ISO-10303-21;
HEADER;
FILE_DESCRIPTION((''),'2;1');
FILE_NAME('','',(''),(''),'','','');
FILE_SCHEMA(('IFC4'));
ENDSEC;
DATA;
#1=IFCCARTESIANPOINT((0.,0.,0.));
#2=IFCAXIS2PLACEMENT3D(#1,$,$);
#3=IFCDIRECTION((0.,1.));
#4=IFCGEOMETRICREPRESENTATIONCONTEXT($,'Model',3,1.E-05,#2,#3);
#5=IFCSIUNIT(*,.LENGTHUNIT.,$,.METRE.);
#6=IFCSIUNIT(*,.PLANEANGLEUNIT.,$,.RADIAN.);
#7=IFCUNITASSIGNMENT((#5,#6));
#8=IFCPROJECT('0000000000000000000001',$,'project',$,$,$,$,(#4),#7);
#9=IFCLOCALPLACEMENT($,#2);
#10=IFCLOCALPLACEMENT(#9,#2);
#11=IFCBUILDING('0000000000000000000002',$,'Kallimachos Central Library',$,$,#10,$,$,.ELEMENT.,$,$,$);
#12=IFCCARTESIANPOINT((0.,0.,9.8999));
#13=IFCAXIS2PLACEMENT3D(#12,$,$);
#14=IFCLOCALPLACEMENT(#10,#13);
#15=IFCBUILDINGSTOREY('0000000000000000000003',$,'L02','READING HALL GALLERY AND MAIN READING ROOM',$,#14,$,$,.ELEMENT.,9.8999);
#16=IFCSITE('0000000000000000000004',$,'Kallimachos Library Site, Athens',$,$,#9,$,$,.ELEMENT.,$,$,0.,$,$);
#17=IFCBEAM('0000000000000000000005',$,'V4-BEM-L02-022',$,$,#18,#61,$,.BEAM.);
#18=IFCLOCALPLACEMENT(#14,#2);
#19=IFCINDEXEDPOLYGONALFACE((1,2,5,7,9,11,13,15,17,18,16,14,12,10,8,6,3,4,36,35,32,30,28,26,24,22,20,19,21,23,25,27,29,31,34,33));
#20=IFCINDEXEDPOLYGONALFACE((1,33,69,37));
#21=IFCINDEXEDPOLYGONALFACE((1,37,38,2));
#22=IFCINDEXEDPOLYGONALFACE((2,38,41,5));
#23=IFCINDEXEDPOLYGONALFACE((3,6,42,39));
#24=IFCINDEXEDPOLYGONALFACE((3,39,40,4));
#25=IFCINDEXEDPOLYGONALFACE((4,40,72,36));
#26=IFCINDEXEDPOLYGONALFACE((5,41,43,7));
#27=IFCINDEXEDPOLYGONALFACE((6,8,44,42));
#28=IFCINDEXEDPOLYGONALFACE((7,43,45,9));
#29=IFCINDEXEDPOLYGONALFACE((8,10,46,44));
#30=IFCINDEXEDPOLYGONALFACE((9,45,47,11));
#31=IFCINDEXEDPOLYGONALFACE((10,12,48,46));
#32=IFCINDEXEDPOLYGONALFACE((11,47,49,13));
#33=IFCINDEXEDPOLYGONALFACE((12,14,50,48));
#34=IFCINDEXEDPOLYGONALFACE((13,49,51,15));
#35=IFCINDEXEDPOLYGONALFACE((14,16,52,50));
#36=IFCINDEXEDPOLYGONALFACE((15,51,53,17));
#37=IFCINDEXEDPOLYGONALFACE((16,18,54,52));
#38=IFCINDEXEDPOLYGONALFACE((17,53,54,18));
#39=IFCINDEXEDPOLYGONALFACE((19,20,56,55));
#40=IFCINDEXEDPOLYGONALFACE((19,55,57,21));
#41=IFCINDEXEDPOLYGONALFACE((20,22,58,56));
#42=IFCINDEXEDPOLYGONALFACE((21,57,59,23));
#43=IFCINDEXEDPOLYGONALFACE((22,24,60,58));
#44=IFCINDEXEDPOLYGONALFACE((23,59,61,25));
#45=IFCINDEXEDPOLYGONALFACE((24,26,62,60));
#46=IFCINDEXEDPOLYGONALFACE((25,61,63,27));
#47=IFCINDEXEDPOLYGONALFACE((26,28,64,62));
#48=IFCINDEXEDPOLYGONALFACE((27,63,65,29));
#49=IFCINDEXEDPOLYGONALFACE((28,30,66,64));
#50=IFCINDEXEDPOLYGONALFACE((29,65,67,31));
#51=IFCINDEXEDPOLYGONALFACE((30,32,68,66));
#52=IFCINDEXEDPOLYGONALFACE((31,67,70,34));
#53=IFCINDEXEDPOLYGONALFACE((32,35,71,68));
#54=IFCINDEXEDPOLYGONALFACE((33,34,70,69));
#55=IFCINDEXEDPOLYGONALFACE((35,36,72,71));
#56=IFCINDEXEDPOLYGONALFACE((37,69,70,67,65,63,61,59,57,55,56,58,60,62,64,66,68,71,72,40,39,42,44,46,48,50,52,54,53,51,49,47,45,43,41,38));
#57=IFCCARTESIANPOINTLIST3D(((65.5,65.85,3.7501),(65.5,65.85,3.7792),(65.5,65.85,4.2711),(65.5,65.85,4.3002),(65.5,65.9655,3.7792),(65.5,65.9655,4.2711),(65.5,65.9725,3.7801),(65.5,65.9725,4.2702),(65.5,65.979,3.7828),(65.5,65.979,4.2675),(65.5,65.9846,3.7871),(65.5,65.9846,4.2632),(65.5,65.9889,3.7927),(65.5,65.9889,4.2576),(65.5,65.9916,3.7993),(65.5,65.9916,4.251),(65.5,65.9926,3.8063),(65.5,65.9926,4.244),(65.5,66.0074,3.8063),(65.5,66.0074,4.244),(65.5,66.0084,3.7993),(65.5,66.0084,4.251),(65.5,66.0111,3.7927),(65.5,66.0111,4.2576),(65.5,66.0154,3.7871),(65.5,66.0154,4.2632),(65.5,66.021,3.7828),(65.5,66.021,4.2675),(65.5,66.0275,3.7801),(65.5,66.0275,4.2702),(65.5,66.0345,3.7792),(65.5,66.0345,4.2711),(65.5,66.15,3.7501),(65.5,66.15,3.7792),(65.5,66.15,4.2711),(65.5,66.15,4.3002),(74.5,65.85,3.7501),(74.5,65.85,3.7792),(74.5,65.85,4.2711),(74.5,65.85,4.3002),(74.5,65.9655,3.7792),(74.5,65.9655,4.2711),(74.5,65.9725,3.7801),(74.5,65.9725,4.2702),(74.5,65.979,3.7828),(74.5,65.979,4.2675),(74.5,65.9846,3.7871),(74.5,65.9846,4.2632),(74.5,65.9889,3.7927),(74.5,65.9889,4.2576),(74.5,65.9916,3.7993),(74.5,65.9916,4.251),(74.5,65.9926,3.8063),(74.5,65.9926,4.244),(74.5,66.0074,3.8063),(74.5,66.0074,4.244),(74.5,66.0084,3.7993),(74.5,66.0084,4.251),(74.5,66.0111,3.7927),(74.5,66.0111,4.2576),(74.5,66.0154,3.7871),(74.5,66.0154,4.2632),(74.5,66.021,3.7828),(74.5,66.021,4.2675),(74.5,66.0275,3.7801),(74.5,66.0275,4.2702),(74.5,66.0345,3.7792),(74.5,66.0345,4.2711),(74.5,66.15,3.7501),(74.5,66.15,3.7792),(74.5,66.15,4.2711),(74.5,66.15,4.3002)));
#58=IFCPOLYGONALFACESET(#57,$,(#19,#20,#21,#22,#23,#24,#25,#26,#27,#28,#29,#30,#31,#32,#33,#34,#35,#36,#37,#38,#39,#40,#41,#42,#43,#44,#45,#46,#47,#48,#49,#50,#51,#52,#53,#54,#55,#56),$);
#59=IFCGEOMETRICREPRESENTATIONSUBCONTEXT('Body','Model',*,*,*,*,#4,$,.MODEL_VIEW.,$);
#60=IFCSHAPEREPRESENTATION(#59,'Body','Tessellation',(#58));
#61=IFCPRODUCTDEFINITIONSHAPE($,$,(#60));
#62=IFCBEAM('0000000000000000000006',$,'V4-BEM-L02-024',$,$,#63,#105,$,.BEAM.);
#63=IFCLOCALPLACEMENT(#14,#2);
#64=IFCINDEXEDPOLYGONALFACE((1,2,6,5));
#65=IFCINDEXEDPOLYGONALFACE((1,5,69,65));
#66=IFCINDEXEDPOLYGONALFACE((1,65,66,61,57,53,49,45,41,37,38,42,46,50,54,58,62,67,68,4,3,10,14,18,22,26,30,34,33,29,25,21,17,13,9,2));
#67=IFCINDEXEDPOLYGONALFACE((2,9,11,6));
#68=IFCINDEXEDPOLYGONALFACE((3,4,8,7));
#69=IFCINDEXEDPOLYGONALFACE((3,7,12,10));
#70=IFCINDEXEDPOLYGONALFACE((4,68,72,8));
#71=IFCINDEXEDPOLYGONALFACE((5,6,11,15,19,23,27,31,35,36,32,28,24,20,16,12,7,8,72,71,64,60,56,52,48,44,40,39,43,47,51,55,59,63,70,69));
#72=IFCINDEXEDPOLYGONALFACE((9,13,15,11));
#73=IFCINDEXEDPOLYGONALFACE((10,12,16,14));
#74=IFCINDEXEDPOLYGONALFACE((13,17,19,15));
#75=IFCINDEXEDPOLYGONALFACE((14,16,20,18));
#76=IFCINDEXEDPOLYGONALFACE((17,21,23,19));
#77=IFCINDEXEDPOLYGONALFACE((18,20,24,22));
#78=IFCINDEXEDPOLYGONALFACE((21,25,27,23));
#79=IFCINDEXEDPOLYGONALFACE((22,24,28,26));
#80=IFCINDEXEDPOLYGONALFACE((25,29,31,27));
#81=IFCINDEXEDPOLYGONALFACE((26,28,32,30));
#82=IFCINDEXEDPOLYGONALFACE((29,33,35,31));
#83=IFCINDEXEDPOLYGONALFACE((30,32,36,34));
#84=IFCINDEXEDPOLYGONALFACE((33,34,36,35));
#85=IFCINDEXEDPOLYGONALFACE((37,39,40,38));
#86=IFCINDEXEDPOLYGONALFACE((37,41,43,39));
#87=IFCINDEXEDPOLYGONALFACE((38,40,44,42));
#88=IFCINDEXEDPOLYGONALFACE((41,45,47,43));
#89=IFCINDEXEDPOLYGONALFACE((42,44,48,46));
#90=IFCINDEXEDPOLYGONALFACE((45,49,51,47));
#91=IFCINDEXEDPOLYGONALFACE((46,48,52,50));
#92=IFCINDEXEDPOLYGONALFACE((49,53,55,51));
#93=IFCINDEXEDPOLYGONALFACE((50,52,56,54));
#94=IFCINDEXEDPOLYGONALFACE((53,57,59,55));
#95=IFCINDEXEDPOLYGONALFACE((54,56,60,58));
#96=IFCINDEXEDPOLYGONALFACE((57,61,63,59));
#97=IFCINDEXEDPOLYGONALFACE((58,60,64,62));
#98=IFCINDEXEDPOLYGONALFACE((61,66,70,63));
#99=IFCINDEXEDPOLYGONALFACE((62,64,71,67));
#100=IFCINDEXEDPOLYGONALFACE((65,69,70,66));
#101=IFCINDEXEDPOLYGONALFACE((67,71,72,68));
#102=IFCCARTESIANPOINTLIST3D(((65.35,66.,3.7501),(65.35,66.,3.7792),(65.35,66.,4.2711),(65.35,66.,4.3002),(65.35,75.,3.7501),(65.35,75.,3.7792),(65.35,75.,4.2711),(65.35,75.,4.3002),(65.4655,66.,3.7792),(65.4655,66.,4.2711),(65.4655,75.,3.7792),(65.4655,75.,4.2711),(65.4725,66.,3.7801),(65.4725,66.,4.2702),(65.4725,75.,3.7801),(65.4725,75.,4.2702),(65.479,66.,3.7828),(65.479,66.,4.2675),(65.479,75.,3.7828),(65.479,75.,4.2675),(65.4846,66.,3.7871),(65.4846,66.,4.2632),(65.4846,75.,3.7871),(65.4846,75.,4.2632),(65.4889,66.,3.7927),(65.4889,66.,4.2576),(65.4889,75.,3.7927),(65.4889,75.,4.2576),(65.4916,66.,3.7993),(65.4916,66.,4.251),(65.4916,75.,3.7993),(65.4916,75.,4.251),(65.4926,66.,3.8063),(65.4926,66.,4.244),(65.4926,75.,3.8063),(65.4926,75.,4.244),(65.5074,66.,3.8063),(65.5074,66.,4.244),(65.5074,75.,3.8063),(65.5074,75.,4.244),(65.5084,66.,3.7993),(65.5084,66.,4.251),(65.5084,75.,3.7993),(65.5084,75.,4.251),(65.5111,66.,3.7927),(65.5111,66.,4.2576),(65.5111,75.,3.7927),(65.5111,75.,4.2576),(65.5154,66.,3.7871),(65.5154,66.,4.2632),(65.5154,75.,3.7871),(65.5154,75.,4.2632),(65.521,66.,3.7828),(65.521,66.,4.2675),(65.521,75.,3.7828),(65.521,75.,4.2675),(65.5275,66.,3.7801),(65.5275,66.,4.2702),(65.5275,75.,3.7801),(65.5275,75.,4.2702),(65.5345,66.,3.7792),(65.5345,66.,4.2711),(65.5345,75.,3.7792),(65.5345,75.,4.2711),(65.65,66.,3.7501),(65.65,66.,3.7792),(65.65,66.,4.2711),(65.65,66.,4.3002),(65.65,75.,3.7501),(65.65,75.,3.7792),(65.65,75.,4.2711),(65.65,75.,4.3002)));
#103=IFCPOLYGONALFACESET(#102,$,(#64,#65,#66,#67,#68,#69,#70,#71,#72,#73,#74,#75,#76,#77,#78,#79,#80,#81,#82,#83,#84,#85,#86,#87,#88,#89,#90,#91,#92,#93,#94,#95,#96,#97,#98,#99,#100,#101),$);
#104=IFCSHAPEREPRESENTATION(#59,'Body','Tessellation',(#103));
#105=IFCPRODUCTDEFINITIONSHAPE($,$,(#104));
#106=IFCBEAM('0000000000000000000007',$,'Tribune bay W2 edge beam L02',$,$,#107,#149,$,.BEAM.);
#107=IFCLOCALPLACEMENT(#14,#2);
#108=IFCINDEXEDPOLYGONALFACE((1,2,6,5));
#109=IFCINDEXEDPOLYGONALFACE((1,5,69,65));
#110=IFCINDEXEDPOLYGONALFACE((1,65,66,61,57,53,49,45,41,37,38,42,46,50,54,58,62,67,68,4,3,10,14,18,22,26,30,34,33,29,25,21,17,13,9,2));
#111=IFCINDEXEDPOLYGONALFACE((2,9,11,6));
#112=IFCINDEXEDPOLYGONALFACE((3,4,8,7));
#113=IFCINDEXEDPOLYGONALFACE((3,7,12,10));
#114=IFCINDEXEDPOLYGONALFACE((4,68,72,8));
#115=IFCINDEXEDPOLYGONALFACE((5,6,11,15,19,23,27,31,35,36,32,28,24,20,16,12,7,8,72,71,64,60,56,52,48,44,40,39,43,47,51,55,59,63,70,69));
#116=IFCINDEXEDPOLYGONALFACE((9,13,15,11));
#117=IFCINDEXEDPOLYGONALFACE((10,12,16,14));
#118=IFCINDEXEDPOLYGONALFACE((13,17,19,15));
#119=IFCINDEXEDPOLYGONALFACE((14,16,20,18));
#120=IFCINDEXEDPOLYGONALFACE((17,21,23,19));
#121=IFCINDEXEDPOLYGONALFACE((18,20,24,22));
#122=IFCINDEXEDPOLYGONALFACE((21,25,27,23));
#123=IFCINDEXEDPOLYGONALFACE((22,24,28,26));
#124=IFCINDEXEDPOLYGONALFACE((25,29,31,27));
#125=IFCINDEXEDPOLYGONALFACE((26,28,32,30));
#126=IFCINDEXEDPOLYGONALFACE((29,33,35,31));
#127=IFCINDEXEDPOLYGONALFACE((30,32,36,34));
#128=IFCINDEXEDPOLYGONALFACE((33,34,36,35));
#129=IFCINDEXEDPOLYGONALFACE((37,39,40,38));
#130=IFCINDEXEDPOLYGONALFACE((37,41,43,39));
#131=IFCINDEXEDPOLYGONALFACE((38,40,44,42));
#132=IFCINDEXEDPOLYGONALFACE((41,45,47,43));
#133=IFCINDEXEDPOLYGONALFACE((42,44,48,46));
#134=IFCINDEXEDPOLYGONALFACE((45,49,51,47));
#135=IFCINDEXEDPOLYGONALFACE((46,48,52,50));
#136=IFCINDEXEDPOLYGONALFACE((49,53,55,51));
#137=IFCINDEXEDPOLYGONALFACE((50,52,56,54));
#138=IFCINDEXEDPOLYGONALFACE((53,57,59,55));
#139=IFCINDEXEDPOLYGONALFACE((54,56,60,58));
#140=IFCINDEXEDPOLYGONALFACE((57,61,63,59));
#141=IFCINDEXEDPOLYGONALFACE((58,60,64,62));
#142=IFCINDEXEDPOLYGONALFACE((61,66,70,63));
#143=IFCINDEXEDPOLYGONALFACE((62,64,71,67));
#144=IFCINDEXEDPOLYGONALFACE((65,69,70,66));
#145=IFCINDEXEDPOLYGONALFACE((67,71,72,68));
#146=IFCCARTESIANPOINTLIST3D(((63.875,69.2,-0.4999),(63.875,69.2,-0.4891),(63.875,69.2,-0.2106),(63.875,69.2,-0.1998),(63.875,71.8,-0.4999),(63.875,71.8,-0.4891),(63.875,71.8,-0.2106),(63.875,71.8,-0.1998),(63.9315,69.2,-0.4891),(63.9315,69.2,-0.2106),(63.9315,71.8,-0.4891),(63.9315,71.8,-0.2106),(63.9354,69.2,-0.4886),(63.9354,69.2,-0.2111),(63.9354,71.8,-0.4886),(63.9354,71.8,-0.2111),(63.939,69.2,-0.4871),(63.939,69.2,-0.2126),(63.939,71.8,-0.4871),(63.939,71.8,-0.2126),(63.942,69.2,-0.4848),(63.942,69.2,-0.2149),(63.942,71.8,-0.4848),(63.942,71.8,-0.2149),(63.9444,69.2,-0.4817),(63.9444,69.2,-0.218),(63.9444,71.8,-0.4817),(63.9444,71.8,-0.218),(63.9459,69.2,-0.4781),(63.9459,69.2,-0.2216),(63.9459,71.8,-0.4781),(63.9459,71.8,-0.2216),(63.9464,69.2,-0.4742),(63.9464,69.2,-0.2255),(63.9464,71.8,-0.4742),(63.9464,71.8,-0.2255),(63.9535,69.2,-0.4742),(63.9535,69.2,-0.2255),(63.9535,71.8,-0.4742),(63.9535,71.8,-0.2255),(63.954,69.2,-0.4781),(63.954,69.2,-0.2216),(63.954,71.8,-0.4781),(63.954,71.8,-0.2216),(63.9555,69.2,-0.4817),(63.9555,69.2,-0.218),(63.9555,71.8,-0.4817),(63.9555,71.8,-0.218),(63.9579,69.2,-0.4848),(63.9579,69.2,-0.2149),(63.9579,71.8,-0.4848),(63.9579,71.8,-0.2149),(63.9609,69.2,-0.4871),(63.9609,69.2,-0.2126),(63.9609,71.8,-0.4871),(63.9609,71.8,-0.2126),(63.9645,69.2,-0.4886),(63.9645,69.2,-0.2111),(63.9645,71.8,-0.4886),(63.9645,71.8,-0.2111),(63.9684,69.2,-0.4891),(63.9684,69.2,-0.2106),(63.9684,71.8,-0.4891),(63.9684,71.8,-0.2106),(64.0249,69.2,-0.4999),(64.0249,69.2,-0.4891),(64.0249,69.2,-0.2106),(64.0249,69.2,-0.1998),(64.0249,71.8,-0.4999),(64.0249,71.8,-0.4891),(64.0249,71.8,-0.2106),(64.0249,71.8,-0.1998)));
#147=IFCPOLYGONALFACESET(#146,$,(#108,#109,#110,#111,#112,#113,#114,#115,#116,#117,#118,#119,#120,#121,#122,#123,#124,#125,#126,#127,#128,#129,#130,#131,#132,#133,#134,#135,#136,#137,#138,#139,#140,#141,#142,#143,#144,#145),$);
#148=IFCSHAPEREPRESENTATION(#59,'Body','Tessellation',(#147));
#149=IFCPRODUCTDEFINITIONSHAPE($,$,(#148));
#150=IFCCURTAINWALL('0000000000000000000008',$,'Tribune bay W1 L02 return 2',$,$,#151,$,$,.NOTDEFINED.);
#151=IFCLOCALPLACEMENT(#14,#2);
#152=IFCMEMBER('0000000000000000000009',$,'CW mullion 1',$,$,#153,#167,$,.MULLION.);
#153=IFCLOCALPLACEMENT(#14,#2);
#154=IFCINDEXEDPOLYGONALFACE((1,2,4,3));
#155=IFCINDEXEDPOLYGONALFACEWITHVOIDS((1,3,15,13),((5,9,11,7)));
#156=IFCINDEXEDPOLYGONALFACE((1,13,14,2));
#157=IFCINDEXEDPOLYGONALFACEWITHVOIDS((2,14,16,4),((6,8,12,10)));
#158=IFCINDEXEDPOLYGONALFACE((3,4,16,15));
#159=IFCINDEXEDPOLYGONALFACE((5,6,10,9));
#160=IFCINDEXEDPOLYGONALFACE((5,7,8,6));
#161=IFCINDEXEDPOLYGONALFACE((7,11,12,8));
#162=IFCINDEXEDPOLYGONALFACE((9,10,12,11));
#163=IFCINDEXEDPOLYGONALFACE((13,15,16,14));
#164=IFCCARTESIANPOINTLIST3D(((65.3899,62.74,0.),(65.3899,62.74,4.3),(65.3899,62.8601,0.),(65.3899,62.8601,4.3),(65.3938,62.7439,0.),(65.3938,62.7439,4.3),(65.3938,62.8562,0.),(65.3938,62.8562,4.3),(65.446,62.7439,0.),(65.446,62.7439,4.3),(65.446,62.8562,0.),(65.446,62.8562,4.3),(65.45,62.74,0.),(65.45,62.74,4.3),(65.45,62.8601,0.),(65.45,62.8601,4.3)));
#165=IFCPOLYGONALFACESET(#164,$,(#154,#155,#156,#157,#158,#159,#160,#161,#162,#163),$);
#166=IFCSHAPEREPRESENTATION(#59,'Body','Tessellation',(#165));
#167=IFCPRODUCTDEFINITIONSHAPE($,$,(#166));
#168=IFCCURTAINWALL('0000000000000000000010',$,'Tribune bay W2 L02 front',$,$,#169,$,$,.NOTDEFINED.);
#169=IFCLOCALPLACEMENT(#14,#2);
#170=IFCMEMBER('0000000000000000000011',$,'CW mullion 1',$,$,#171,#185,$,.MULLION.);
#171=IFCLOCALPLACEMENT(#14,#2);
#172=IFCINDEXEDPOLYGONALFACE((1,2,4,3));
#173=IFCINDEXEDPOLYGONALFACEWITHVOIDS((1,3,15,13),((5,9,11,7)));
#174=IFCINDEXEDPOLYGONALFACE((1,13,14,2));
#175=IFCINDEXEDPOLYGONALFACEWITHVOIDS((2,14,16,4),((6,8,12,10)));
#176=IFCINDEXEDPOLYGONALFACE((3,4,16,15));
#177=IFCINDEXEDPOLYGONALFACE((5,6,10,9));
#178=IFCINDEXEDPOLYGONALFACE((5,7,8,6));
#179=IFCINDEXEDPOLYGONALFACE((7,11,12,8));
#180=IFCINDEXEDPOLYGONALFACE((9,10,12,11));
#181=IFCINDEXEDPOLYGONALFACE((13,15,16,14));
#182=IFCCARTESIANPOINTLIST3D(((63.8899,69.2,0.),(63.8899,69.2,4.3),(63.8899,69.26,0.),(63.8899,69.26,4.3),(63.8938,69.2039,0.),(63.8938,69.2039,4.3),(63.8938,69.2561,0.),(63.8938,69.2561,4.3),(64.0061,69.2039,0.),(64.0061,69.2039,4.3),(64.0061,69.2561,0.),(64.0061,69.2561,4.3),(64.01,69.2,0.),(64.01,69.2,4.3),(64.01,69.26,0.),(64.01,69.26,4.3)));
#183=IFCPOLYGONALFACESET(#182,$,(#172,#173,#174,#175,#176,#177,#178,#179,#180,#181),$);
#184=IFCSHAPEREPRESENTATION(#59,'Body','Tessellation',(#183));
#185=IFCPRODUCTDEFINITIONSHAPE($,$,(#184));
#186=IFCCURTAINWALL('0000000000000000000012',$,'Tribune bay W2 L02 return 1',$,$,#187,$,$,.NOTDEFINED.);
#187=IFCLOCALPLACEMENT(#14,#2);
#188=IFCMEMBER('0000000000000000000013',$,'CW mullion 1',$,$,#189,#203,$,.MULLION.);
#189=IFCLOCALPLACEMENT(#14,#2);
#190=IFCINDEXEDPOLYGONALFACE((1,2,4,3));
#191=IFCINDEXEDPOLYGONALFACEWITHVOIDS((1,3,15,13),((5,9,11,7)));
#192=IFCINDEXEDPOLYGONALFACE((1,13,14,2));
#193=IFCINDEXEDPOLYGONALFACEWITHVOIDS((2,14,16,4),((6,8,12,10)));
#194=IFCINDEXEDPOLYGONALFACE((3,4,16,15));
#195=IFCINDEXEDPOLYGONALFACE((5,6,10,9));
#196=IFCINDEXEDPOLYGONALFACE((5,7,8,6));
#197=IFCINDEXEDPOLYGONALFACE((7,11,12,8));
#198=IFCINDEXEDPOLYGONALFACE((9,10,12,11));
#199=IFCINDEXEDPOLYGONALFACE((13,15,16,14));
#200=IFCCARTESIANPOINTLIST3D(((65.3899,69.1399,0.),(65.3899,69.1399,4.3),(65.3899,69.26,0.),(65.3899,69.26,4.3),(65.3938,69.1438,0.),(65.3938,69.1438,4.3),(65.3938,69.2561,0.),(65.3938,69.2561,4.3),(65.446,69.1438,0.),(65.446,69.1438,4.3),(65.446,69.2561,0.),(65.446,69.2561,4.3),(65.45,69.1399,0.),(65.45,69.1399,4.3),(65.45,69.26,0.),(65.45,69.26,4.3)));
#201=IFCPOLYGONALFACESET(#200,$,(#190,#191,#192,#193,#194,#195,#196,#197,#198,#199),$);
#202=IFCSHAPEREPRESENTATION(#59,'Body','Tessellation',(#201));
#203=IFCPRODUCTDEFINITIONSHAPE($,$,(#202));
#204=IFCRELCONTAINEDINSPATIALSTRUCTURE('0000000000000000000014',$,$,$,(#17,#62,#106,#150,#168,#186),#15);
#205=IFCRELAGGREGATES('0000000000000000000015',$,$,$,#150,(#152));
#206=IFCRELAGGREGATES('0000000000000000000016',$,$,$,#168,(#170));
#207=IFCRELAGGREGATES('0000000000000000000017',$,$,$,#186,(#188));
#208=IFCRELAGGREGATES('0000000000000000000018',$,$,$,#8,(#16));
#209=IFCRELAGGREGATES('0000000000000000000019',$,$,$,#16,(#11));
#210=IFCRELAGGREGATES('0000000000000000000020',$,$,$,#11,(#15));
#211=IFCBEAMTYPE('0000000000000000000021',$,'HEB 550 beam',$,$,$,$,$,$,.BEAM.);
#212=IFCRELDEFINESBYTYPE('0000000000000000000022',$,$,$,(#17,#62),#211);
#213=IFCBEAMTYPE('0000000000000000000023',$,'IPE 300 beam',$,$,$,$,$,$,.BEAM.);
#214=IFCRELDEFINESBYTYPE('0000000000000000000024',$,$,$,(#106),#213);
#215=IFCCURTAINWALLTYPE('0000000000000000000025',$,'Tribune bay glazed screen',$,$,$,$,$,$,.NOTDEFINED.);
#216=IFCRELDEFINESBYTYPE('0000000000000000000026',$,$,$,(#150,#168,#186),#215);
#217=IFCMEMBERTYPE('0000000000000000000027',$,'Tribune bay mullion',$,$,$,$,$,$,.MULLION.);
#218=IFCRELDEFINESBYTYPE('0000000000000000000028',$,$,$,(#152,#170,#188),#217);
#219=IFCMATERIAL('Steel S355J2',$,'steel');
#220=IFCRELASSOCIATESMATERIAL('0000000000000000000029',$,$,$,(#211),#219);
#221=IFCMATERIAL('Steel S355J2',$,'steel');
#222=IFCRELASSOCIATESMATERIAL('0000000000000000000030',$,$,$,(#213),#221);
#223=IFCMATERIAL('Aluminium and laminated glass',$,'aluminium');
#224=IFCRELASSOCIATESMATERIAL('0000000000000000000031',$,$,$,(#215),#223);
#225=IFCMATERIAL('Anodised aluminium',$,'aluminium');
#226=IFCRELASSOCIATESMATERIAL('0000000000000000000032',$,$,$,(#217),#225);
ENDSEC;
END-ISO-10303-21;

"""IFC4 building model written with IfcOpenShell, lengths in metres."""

from ifc_helpers import new_model, si_unit, direction, frame, origin, origin_2d, place, context, subcontext, project, spatial, hollow_rectangle, i_section, extrude, material, material_profile, profile_set, type_object, element, aggregate, save


model = new_model("IFC4")

# Units and contexts
model_context = context("Model", 3, precision=1e-05, world=origin(), true_north=direction((0.0, 1.0)))
body_context = subcontext(model_context, "Body", "Model", "MODEL_VIEW")
ifc_project = project(units=[si_unit("LENGTHUNIT", "METRE"), si_unit("PLANEANGLEUNIT", "RADIAN")], contexts=[model_context])

# Site, building, storey
site_placement = place(None, origin())
site = spatial("IfcSite", under=ifc_project, at=site_placement, Name="Kallimachos Library Site, Athens", CompositionType="ELEMENT", RefElevation=0.0)
building_placement = place(site_placement, origin())
building = spatial("IfcBuilding", under=site, at=building_placement, Name="Kallimachos Central Library", CompositionType="ELEMENT")
storey_placement = place(building_placement, frame((0.0, 0.0, 9.8999)))
storey = spatial("IfcBuildingStorey", under=building, at=storey_placement, Name="L02", Description="READING HALL GALLERY AND MAIN READING ROOM", CompositionType="ELEMENT", Elevation=9.8999)

# Beams
ifc_material_1 = material(Name="Steel S355J2", Category="steel")
ifc_material_profile_1 = material_profile(ifc_material_1, i_section(OverallWidth=0.3, OverallDepth=0.55, WebThickness=0.0149, FlangeThickness=0.0291, FilletRadius=0.0271, at=origin_2d()), Name="HEB 550")
ifc_profile_set_1 = profile_set([ifc_material_profile_1], Name="Steel S355J2")
beam_type_1 = type_object("IfcBeamType", Name="HEB 550 beam", PredefinedType="BEAM", material=ifc_profile_set_1)
for number, where, z_axis, x_axis, name in (
    (1, (65.5, 66.0, 4.0251), (1.0, 0.0, 0.0), (0.0, 1.0, 0.0), "V4-BEM-L02-022"),
    (2, (65.5, 66.0, 4.0251), (0.0, 1.0, 0.0), (-1.0, 0.0, 0.0), "V4-BEM-L02-024"),
):
    element("IfcBeam", number, at=place(storey_placement, frame(where, z_axis=z_axis, x_axis=x_axis)), inside=storey, type_object=beam_type_1, Name=name, PredefinedType="BEAM", context=body_context, shape_type="SweptSolid", body=[
        extrude(i_section(OverallWidth=0.3, OverallDepth=0.55, WebThickness=0.0149, FlangeThickness=0.0291, FilletRadius=0.0271, at=origin_2d()), origin(), (0.0, 0.0, 1.0), 9.0),
    ])
ifc_material_2 = material(Name="Steel S355J2", Category="steel")
ifc_material_profile_2 = material_profile(ifc_material_2, i_section(OverallWidth=0.1499, OverallDepth=0.3, WebThickness=0.0071, FlangeThickness=0.0107, FilletRadius=0.0149, at=origin_2d()), Name="IPE 300")
ifc_profile_set_2 = profile_set([ifc_material_profile_2], Name="Steel S355J2")
beam_type_2 = type_object("IfcBeamType", Name="IPE 300 beam", PredefinedType="BEAM", material=ifc_profile_set_2)
beam_placement = place(storey_placement, frame((63.95, 69.2, -0.3499), z_axis=(0.0, 1.0, 0.0), x_axis=(-1.0, 0.0, 0.0)))
element("IfcBeam", 3, at=beam_placement, inside=storey, type_object=beam_type_2, Name="Tribune bay W2 edge beam L02", PredefinedType="BEAM", context=body_context, shape_type="SweptSolid", body=[
    extrude(i_section(OverallWidth=0.1499, OverallDepth=0.3, WebThickness=0.0071, FlangeThickness=0.0107, FilletRadius=0.0149, at=origin_2d()), origin(), (0.0, 0.0, 1.0), 2.6001),
])

# Curtain walls, members
ifc_material_3 = material(Name="Aluminium and laminated glass", Category="aluminium")
curtain_wall_type = type_object("IfcCurtainWallType", Name="Tribune bay glazed screen", PredefinedType="NOTDEFINED", material=ifc_material_3)
curtain_wall_1_placement = place(storey_placement, origin())
curtain_wall_1 = element("IfcCurtainWall", 4, at=curtain_wall_1_placement, inside=storey, type_object=curtain_wall_type, Name="Tribune bay W1 L02 return 2", PredefinedType="NOTDEFINED")
ifc_material_4 = material(Name="Anodised aluminium", Category="aluminium")
ifc_material_profile_3 = material_profile(ifc_material_4, hollow_rectangle(XDim=0.0601, YDim=0.1201, WallThickness=0.0039, at=origin_2d()), Name="ALU MULLION 60x120")
ifc_profile_set_3 = profile_set([ifc_material_profile_3], Name="Anodised aluminium")
member_type_1 = type_object("IfcMemberType", Name="Tribune bay mullion", PredefinedType="MULLION", material=ifc_profile_set_3)
member_1_placement = place(storey_placement, frame((65.4199, 62.8, 0.0), z_axis=(0.0, 0.0, 1.0), x_axis=(-1.0, 0.0, 0.0)))
member_1 = element("IfcMember", 5, at=member_1_placement, type_object=member_type_1, Name="CW mullion 1", PredefinedType="MULLION", context=body_context, shape_type="SweptSolid", body=[
    extrude(hollow_rectangle(XDim=0.0601, YDim=0.1201, WallThickness=0.0039, at=origin_2d()), origin(), (0.0, 0.0, 1.0), 4.3),
])
curtain_wall_2_placement = place(storey_placement, origin())
curtain_wall_2 = element("IfcCurtainWall", 6, at=curtain_wall_2_placement, inside=storey, type_object=curtain_wall_type, Name="Tribune bay W2 L02 front", PredefinedType="NOTDEFINED")
member_2_placement = place(storey_placement, frame((63.95, 69.23, 0.0), z_axis=(0.0, 0.0, 1.0), x_axis=(0.0, 1.0, 0.0)))
member_2 = element("IfcMember", 7, at=member_2_placement, type_object=member_type_1, Name="CW mullion 1", PredefinedType="MULLION", context=body_context, shape_type="SweptSolid", body=[
    extrude(hollow_rectangle(XDim=0.0601, YDim=0.1201, WallThickness=0.0039, at=origin_2d()), origin(), (0.0, 0.0, 1.0), 4.3),
])

# Curtain wall, member
curtain_wall_3_placement = place(storey_placement, origin())
curtain_wall_3 = element("IfcCurtainWall", 8, at=curtain_wall_3_placement, inside=storey, type_object=curtain_wall_type, Name="Tribune bay W2 L02 return 1", PredefinedType="NOTDEFINED")
member_3_placement = place(storey_placement, frame((65.4199, 69.2, 0.0), z_axis=(0.0, 0.0, 1.0), x_axis=(-1.0, 0.0, 0.0)))
member_3 = element("IfcMember", 9, at=member_3_placement, type_object=member_type_1, Name="CW mullion 1", PredefinedType="MULLION", context=body_context, shape_type="SweptSolid", body=[
    extrude(hollow_rectangle(XDim=0.0601, YDim=0.1201, WallThickness=0.0039, at=origin_2d()), origin(), (0.0, 0.0, 1.0), 4.3),
])

aggregate(curtain_wall_1, [member_1])
aggregate(curtain_wall_2, [member_2])

aggregate(curtain_wall_3, [member_3])

save(model, "model.ifc")
